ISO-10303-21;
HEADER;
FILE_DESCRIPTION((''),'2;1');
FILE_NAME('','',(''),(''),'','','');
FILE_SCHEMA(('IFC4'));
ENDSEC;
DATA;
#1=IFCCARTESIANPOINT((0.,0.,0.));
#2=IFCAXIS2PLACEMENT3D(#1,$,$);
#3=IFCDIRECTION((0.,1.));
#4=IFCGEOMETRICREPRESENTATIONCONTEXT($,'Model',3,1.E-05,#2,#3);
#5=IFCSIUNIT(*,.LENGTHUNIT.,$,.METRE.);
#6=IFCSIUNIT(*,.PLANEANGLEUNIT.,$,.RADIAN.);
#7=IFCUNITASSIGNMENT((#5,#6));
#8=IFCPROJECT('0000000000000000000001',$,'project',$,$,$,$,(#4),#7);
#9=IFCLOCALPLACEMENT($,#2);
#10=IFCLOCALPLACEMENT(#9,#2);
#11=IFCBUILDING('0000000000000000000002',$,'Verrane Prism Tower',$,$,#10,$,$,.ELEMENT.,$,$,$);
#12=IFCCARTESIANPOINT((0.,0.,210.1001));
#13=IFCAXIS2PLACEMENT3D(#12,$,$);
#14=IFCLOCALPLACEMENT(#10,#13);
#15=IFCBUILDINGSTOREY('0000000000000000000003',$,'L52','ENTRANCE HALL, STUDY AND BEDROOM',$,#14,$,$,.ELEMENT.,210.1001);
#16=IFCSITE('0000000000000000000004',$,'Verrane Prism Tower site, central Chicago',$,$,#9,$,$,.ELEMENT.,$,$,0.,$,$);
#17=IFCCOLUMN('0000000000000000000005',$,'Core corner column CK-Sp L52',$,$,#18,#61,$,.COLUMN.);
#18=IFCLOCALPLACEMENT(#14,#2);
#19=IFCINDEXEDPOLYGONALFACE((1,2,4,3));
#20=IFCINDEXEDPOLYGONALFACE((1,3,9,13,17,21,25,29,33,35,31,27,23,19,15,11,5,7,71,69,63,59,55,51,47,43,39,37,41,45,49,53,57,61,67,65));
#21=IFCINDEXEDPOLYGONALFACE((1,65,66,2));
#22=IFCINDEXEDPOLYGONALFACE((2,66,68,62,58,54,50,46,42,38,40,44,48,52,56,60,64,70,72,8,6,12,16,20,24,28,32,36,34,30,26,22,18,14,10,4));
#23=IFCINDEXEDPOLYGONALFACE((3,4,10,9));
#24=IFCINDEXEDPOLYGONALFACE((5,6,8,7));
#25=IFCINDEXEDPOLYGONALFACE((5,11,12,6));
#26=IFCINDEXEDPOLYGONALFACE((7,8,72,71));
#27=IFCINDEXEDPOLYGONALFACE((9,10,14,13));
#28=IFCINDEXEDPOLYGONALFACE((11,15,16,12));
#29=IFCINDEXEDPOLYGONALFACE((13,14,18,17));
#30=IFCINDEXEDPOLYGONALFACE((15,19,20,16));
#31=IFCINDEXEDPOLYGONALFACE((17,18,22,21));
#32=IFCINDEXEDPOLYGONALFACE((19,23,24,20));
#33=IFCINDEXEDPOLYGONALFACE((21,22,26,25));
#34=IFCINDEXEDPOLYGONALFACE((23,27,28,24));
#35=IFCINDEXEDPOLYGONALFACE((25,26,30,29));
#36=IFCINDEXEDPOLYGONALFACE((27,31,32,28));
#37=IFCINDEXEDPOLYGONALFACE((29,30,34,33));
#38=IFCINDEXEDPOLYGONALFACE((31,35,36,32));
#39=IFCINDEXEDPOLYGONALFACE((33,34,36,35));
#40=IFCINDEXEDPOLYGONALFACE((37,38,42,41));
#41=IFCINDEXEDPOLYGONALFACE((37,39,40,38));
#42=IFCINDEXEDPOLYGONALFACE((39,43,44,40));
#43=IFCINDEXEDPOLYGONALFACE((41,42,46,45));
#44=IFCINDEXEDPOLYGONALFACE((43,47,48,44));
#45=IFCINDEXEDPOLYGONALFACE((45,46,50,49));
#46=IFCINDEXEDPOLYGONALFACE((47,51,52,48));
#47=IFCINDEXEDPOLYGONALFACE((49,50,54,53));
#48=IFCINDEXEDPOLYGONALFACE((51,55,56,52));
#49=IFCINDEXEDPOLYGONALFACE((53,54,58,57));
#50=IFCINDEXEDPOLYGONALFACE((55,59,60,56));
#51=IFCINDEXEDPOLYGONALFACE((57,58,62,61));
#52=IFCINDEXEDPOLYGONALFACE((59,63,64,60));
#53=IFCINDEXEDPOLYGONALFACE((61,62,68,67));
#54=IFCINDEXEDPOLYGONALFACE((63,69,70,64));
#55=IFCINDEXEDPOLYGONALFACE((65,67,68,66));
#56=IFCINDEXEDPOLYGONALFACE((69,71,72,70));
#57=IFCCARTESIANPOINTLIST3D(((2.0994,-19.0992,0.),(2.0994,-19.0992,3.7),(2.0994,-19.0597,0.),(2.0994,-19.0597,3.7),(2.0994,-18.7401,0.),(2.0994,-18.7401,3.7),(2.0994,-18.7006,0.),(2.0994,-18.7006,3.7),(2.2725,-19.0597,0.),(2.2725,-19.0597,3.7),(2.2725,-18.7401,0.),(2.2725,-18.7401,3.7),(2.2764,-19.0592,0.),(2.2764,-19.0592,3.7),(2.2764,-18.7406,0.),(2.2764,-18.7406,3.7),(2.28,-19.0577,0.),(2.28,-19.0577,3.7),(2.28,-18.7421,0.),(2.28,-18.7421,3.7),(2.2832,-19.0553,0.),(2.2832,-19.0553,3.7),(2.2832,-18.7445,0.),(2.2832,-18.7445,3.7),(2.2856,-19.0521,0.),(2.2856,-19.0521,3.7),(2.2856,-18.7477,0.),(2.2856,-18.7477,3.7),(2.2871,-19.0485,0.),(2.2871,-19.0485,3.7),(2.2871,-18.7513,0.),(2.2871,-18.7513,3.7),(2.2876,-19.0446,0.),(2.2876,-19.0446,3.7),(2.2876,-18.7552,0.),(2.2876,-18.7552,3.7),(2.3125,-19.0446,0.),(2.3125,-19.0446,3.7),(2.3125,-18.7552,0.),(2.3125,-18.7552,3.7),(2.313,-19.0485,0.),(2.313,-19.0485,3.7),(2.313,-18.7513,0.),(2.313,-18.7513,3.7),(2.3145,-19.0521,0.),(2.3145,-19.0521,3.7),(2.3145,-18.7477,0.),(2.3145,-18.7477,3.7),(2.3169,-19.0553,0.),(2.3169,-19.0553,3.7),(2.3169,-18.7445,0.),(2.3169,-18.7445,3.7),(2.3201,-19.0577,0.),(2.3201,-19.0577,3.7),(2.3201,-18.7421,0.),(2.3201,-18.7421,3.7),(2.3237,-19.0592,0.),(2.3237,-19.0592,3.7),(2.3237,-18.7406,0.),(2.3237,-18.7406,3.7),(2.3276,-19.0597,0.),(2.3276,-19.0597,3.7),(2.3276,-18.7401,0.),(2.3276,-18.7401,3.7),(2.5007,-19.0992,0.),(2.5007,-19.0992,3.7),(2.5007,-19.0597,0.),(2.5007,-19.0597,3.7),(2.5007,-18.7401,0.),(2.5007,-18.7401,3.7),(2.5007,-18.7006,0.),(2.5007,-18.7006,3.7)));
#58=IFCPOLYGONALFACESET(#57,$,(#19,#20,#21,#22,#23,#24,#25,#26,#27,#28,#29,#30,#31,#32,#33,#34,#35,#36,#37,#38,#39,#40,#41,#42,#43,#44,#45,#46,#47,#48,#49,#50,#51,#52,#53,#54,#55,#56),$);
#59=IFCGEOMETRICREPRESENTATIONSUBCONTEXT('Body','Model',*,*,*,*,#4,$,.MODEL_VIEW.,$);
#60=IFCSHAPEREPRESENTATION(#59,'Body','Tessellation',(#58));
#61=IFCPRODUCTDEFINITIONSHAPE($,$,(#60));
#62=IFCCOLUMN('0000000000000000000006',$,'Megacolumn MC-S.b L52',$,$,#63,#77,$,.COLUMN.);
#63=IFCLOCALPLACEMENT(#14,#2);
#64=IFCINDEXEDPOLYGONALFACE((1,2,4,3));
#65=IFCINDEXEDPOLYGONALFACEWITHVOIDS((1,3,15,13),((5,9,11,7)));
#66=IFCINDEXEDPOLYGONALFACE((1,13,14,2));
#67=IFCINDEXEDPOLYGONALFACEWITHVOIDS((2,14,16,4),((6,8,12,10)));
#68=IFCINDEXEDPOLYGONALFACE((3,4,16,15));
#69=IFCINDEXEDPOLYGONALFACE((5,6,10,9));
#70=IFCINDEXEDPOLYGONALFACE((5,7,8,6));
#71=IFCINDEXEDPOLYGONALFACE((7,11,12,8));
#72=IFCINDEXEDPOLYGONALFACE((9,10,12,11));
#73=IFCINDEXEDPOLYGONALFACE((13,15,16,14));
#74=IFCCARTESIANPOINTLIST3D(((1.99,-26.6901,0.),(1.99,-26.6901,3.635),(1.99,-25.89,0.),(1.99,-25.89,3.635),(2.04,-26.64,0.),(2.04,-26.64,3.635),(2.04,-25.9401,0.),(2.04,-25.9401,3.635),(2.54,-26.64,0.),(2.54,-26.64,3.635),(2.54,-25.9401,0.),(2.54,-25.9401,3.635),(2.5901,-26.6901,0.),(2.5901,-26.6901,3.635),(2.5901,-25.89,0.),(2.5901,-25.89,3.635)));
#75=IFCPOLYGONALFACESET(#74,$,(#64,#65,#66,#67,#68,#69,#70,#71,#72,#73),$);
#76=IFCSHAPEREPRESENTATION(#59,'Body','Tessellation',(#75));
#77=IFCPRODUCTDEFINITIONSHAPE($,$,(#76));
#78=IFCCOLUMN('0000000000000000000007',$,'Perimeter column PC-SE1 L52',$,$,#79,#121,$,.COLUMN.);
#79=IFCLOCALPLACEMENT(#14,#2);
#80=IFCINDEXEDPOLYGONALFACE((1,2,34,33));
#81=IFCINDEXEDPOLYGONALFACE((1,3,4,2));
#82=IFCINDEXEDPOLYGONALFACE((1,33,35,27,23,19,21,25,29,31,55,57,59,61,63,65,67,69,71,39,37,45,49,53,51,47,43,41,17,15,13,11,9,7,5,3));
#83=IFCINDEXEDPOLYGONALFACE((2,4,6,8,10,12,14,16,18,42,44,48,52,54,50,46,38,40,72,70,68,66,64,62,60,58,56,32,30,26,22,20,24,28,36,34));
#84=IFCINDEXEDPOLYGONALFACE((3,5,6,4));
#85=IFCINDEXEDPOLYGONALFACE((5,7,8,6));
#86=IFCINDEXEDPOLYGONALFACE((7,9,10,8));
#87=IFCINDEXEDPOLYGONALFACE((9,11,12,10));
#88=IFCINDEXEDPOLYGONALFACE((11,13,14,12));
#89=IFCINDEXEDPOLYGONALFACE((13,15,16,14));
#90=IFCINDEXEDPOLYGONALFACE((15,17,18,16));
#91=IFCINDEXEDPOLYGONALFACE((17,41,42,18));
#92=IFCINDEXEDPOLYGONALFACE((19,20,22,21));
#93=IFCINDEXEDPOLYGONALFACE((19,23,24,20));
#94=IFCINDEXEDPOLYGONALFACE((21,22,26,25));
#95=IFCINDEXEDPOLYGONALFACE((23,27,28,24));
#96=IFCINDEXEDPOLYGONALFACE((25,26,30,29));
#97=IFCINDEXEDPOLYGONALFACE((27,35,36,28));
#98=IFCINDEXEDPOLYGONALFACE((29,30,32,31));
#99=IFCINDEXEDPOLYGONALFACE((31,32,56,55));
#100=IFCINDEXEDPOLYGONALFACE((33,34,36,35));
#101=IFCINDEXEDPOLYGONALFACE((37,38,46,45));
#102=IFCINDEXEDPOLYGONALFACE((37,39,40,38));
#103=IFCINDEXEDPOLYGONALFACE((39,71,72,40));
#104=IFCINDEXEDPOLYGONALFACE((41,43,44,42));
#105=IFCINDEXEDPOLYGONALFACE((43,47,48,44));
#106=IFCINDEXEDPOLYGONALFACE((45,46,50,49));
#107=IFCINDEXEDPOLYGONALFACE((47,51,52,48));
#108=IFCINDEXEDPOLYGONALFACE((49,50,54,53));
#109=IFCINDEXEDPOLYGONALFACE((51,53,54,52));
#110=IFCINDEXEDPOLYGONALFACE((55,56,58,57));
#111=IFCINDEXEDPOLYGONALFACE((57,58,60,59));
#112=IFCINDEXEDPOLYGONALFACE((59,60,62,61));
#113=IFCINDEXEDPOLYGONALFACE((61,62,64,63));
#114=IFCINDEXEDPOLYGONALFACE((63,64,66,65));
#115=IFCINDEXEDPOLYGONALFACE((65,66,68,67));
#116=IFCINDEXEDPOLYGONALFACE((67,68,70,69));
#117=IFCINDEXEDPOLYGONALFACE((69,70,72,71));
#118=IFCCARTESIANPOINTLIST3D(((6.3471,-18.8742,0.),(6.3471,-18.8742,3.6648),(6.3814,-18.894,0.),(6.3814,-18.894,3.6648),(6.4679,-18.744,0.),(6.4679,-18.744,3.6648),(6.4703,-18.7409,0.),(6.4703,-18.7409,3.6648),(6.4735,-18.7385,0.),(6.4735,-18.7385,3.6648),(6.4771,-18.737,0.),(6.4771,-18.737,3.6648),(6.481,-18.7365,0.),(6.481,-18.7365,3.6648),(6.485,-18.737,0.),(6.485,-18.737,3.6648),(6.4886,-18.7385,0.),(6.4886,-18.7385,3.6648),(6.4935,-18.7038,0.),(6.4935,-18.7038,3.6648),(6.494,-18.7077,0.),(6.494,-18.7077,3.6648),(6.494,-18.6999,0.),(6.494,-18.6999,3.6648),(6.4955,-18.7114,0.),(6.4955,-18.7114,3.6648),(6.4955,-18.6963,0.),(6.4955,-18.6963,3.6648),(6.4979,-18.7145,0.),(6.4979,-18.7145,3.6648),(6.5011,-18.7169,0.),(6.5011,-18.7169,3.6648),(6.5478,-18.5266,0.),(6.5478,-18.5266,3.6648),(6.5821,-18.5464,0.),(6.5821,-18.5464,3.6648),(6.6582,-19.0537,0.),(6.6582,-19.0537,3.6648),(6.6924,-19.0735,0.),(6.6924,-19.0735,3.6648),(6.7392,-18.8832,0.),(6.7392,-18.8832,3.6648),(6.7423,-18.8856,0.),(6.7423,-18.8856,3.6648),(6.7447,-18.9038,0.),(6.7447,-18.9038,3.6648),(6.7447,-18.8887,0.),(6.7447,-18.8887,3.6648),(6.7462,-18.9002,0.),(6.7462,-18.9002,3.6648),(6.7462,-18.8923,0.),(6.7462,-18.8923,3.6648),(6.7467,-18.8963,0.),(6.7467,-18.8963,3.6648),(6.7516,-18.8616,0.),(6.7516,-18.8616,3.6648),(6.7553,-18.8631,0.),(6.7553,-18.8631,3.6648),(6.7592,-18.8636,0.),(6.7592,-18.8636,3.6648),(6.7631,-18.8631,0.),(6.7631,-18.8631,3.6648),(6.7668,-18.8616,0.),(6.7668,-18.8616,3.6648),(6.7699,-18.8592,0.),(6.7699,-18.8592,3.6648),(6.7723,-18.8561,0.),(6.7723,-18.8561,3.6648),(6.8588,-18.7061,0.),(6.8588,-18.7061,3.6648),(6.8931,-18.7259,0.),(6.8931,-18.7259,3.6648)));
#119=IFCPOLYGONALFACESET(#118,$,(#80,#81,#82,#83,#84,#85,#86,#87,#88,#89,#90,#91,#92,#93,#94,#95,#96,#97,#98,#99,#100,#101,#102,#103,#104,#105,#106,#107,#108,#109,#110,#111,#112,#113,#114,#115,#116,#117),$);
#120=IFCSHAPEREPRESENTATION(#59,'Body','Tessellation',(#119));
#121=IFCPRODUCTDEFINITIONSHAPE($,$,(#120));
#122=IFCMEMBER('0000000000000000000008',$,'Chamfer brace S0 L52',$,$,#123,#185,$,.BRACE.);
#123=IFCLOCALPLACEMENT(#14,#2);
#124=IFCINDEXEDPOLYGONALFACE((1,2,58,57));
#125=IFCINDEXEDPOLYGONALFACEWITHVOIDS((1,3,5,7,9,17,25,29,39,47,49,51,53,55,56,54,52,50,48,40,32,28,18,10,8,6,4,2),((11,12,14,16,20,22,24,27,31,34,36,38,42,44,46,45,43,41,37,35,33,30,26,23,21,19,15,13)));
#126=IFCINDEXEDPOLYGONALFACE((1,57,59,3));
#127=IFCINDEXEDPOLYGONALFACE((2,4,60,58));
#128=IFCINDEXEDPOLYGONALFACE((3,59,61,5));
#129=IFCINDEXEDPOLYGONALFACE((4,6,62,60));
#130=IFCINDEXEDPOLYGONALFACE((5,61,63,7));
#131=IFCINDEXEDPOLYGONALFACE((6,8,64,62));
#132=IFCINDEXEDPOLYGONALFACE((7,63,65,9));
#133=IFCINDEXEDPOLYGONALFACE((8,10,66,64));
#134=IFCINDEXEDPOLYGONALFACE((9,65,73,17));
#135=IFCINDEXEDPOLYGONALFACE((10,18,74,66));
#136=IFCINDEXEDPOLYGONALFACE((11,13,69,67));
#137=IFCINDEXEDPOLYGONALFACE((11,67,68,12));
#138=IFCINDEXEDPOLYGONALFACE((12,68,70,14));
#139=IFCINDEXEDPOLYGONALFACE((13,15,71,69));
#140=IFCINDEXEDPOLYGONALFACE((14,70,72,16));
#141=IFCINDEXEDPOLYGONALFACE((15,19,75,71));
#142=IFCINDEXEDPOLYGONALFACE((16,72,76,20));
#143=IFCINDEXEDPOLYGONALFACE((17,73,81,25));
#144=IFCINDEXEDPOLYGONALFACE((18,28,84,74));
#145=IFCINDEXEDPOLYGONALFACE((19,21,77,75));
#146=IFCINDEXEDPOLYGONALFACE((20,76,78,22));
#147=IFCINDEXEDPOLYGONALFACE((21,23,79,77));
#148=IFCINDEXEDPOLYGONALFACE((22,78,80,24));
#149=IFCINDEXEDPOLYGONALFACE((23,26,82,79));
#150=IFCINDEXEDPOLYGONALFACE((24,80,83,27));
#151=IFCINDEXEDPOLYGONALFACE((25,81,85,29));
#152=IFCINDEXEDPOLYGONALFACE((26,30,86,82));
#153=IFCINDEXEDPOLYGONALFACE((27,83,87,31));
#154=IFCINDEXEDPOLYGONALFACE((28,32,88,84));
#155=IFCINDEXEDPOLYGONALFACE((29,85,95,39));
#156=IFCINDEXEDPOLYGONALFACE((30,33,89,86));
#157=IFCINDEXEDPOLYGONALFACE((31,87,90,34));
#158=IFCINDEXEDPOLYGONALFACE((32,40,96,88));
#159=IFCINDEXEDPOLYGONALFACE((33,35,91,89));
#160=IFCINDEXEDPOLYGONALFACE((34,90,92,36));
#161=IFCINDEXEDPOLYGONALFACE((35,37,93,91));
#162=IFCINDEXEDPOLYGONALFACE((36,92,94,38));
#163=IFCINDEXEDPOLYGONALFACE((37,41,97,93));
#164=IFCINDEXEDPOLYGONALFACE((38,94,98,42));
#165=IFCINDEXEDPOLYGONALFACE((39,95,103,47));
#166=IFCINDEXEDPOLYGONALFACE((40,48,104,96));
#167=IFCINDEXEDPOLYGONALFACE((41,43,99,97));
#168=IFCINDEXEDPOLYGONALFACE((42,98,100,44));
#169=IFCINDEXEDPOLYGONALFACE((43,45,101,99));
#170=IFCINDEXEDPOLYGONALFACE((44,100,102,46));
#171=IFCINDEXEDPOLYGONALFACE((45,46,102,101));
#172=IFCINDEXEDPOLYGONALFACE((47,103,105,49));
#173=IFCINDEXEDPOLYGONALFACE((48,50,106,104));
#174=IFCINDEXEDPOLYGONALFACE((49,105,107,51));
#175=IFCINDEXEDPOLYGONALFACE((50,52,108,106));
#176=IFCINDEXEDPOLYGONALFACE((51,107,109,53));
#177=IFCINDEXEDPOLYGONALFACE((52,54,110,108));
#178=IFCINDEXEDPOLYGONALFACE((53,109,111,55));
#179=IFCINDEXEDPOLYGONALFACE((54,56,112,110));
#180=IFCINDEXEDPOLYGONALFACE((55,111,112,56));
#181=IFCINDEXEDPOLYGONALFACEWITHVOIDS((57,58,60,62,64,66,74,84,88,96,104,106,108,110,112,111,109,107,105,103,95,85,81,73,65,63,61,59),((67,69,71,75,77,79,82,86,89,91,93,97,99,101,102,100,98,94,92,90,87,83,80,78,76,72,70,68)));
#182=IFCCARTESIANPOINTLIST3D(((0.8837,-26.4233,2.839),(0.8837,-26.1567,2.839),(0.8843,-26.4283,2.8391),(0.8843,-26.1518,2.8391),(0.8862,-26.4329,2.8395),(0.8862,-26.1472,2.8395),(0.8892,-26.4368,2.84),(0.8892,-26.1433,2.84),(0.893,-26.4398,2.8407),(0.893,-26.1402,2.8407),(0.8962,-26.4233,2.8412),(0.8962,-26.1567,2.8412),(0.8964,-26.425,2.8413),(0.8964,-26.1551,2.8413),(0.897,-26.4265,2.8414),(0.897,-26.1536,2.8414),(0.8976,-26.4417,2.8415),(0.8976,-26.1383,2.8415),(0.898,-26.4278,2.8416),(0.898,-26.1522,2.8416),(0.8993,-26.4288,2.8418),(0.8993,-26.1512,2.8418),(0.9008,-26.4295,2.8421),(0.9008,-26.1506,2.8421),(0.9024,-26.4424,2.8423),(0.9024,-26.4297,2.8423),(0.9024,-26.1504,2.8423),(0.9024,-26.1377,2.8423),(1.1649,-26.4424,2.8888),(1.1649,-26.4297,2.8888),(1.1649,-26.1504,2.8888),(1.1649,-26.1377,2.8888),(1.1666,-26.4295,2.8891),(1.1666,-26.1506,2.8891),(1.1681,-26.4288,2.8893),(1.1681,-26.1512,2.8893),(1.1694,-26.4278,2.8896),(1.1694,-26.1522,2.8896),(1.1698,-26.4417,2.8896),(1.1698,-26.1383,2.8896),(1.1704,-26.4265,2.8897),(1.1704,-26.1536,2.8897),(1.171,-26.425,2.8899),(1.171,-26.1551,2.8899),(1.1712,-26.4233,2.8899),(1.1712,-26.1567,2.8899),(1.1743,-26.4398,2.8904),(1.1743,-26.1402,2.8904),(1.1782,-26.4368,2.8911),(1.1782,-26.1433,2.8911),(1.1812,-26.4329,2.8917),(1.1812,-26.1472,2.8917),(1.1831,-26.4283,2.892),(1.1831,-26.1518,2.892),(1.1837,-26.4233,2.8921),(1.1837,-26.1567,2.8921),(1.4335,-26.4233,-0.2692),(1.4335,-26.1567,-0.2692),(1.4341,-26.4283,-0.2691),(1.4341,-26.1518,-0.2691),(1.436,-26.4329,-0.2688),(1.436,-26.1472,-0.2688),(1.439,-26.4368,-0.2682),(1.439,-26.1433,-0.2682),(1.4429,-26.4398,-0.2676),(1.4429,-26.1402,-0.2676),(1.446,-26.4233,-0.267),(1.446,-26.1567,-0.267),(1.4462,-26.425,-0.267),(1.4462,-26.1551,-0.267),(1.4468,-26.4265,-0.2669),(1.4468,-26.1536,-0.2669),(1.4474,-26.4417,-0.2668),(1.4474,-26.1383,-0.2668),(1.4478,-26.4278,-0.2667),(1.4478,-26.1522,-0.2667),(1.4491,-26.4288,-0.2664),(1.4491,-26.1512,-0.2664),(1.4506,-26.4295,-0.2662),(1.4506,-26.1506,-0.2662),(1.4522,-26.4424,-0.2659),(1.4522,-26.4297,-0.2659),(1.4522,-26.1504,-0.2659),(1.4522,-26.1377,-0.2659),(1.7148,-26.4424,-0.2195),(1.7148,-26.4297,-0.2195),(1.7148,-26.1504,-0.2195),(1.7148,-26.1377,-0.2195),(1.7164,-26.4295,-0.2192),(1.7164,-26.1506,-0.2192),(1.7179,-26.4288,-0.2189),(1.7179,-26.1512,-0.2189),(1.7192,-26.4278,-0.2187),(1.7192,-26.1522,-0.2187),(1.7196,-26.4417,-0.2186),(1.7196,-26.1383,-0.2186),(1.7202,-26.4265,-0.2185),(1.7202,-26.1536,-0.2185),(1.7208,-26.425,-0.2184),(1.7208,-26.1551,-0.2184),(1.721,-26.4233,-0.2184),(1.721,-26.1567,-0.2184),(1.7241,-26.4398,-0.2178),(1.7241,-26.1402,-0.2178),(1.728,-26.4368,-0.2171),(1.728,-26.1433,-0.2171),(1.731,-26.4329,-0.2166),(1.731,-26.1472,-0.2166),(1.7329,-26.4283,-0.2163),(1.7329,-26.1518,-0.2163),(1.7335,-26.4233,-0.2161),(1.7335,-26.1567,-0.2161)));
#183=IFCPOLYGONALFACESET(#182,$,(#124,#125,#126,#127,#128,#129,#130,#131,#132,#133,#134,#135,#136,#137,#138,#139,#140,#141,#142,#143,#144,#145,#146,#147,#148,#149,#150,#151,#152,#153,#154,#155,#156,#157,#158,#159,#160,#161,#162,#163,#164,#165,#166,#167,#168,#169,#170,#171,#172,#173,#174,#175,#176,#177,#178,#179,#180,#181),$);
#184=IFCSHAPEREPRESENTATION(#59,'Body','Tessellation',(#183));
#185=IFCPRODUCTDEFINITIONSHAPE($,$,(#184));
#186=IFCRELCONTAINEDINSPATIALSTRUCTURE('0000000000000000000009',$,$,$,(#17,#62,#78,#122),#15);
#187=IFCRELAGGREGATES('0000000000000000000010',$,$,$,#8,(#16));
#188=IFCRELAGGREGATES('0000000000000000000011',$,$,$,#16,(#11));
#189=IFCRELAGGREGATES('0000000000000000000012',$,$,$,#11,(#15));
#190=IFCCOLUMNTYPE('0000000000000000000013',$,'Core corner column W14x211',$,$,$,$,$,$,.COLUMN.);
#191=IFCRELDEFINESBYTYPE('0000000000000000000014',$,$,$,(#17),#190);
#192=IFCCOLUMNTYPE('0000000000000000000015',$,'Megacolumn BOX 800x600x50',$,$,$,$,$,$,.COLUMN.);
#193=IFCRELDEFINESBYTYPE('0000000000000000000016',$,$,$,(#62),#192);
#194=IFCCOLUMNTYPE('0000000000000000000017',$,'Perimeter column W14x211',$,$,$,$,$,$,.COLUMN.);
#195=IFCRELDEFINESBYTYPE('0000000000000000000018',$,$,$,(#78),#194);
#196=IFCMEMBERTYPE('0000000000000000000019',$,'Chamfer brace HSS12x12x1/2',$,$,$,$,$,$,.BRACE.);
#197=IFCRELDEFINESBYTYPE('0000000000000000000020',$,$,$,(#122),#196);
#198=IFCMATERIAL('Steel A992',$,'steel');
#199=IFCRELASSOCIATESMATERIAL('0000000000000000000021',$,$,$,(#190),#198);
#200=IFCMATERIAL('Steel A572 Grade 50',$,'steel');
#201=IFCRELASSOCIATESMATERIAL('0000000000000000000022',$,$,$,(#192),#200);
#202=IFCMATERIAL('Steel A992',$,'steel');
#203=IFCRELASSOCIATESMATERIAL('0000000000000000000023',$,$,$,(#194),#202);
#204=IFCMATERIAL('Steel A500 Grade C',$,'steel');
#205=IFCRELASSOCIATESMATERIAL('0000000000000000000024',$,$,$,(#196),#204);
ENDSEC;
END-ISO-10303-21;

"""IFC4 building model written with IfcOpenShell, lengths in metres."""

from ifc_helpers import new_model, si_unit, direction, frame, origin, origin_2d, place, context, subcontext, project, spatial, hollow_rectangle, i_section, extrude, material, material_profile, profile_set, type_object, element, save


model = new_model("IFC4")

# Units and contexts
model_context = context("Model", 3, precision=1e-05, world=origin(), true_north=direction((0.0, 1.0)))
body_context = subcontext(model_context, "Body", "Model", "MODEL_VIEW")
ifc_project = project(units=[si_unit("LENGTHUNIT", "METRE"), si_unit("PLANEANGLEUNIT", "RADIAN")], contexts=[model_context])

# Site, building, storey
site_placement = place(None, origin())
site = spatial("IfcSite", under=ifc_project, at=site_placement, Name="Verrane Prism Tower site, central Chicago", CompositionType="ELEMENT", RefElevation=0.0)
building_placement = place(site_placement, origin())
building = spatial("IfcBuilding", under=site, at=building_placement, Name="Verrane Prism Tower", CompositionType="ELEMENT")
storey_placement = place(building_placement, frame((0.0, 0.0, 210.1001)))
storey = spatial("IfcBuildingStorey", under=building, at=storey_placement, Name="L52", Description="ENTRANCE HALL, STUDY AND BEDROOM", CompositionType="ELEMENT", Elevation=210.1001)

# Columns
ifc_material_1 = material(Name="Steel A992", Category="steel")
ifc_material_profile_1 = material_profile(ifc_material_1, i_section(OverallWidth=0.4014, OverallDepth=0.3987, WebThickness=0.0249, FlangeThickness=0.0396, FilletRadius=0.0151, at=origin_2d()), Name="W14x211")
ifc_profile_set_1 = profile_set([ifc_material_profile_1], Name="Steel A992")
column_type_1 = type_object("IfcColumnType", Name="Core corner column W14x211", PredefinedType="COLUMN", material=ifc_profile_set_1)
column_1_placement = place(storey_placement, frame((2.3, -18.8999, 0.0), z_axis=(0.0, 0.0, 1.0), x_axis=(-1.0, 0.0, 0.0)))
element("IfcColumn", 1, at=column_1_placement, inside=storey, type_object=column_type_1, Name="Core corner column CK-Sp L52", PredefinedType="COLUMN", context=body_context, shape_type="SweptSolid", body=[
    extrude(i_section(OverallWidth=0.4014, OverallDepth=0.3987, WebThickness=0.0249, FlangeThickness=0.0396, FilletRadius=0.0151, at=origin_2d()), origin(), (0.0, 0.0, 1.0), 3.7),
])
ifc_material_2 = material(Name="Steel A572 Grade 50", Category="steel")
ifc_material_profile_2 = material_profile(ifc_material_2, hollow_rectangle(XDim=0.6001, YDim=0.8, WallThickness=0.05, at=origin_2d()), Name="BOX 800x600x50")
ifc_profile_set_2 = profile_set([ifc_material_profile_2], Name="Steel A572 Grade 50")
column_type_2 = type_object("IfcColumnType", Name="Megacolumn BOX 800x600x50", PredefinedType="COLUMN", material=ifc_profile_set_2)
column_2_placement = place(storey_placement, frame((2.29, -26.29, 0.0), z_axis=(0.0, 0.0, 1.0), x_axis=(-1.0, 0.0, 0.0)))
element("IfcColumn", 2, at=column_2_placement, inside=storey, type_object=column_type_2, Name="Megacolumn MC-S.b L52", PredefinedType="COLUMN", context=body_context, shape_type="SweptSolid", body=[
    extrude(hollow_rectangle(XDim=0.6001, YDim=0.8, WallThickness=0.05, at=origin_2d()), origin(), (0.0, 0.0, 1.0), 3.635),
])
ifc_material_3 = material(Name="Steel A992", Category="steel")
ifc_material_profile_3 = material_profile(ifc_material_3, i_section(OverallWidth=0.4014, OverallDepth=0.3987, WebThickness=0.0249, FlangeThickness=0.0396, FilletRadius=0.0151, at=origin_2d()), Name="W14x211")
ifc_profile_set_3 = profile_set([ifc_material_profile_3], Name="Steel A992")
column_type_3 = type_object("IfcColumnType", Name="Perimeter column W14x211", PredefinedType="COLUMN", material=ifc_profile_set_3)
column_3_placement = place(storey_placement, frame((6.6201, -18.8, 0.0), z_axis=(0.0, 0.0, 1.0), x_axis=(-0.5, -0.866025, 0.0)))
element("IfcColumn", 3, at=column_3_placement, inside=storey, type_object=column_type_3, Name="Perimeter column PC-SE1 L52", PredefinedType="COLUMN", context=body_context, shape_type="SweptSolid", body=[
    extrude(i_section(OverallWidth=0.4014, OverallDepth=0.3987, WebThickness=0.0249, FlangeThickness=0.0396, FilletRadius=0.0151, at=origin_2d()), origin(), (0.0, 0.0, 1.0), 3.6648),
])

# Member
ifc_material_4 = material(Name="Steel A500 Grade C", Category="steel")
ifc_material_profile_4 = material_profile(ifc_material_4, hollow_rectangle(XDim=0.3047, YDim=0.3047, WallThickness=0.0127, InnerFilletRadius=0.0063, OuterFilletRadius=0.019, at=origin_2d()), Name="HSS12x12x1/2")
ifc_profile_set_4 = profile_set([ifc_material_profile_4], Name="Steel A500 Grade C")
member_type_1 = type_object("IfcMemberType", Name="Chamfer brace HSS12x12x1/2", PredefinedType="BRACE", material=ifc_profile_set_4)
member_1_placement = place(storey_placement, frame((1.5835, -26.29, -0.2427), z_axis=(-0.174187, 0.0, 0.984713), x_axis=(0.0, -1.0, 0.0)))
element("IfcMember", 4, at=member_1_placement, inside=storey, type_object=member_type_1, Name="Chamfer brace S0 L52", PredefinedType="BRACE", context=body_context, shape_type="SweptSolid", body=[
    extrude(hollow_rectangle(XDim=0.3047, YDim=0.3047, WallThickness=0.0127, InnerFilletRadius=0.0063, OuterFilletRadius=0.019, at=origin_2d()), origin(), (0.0, 0.0, 1.0), 3.1565),
])

save(model, "model.ifc")
